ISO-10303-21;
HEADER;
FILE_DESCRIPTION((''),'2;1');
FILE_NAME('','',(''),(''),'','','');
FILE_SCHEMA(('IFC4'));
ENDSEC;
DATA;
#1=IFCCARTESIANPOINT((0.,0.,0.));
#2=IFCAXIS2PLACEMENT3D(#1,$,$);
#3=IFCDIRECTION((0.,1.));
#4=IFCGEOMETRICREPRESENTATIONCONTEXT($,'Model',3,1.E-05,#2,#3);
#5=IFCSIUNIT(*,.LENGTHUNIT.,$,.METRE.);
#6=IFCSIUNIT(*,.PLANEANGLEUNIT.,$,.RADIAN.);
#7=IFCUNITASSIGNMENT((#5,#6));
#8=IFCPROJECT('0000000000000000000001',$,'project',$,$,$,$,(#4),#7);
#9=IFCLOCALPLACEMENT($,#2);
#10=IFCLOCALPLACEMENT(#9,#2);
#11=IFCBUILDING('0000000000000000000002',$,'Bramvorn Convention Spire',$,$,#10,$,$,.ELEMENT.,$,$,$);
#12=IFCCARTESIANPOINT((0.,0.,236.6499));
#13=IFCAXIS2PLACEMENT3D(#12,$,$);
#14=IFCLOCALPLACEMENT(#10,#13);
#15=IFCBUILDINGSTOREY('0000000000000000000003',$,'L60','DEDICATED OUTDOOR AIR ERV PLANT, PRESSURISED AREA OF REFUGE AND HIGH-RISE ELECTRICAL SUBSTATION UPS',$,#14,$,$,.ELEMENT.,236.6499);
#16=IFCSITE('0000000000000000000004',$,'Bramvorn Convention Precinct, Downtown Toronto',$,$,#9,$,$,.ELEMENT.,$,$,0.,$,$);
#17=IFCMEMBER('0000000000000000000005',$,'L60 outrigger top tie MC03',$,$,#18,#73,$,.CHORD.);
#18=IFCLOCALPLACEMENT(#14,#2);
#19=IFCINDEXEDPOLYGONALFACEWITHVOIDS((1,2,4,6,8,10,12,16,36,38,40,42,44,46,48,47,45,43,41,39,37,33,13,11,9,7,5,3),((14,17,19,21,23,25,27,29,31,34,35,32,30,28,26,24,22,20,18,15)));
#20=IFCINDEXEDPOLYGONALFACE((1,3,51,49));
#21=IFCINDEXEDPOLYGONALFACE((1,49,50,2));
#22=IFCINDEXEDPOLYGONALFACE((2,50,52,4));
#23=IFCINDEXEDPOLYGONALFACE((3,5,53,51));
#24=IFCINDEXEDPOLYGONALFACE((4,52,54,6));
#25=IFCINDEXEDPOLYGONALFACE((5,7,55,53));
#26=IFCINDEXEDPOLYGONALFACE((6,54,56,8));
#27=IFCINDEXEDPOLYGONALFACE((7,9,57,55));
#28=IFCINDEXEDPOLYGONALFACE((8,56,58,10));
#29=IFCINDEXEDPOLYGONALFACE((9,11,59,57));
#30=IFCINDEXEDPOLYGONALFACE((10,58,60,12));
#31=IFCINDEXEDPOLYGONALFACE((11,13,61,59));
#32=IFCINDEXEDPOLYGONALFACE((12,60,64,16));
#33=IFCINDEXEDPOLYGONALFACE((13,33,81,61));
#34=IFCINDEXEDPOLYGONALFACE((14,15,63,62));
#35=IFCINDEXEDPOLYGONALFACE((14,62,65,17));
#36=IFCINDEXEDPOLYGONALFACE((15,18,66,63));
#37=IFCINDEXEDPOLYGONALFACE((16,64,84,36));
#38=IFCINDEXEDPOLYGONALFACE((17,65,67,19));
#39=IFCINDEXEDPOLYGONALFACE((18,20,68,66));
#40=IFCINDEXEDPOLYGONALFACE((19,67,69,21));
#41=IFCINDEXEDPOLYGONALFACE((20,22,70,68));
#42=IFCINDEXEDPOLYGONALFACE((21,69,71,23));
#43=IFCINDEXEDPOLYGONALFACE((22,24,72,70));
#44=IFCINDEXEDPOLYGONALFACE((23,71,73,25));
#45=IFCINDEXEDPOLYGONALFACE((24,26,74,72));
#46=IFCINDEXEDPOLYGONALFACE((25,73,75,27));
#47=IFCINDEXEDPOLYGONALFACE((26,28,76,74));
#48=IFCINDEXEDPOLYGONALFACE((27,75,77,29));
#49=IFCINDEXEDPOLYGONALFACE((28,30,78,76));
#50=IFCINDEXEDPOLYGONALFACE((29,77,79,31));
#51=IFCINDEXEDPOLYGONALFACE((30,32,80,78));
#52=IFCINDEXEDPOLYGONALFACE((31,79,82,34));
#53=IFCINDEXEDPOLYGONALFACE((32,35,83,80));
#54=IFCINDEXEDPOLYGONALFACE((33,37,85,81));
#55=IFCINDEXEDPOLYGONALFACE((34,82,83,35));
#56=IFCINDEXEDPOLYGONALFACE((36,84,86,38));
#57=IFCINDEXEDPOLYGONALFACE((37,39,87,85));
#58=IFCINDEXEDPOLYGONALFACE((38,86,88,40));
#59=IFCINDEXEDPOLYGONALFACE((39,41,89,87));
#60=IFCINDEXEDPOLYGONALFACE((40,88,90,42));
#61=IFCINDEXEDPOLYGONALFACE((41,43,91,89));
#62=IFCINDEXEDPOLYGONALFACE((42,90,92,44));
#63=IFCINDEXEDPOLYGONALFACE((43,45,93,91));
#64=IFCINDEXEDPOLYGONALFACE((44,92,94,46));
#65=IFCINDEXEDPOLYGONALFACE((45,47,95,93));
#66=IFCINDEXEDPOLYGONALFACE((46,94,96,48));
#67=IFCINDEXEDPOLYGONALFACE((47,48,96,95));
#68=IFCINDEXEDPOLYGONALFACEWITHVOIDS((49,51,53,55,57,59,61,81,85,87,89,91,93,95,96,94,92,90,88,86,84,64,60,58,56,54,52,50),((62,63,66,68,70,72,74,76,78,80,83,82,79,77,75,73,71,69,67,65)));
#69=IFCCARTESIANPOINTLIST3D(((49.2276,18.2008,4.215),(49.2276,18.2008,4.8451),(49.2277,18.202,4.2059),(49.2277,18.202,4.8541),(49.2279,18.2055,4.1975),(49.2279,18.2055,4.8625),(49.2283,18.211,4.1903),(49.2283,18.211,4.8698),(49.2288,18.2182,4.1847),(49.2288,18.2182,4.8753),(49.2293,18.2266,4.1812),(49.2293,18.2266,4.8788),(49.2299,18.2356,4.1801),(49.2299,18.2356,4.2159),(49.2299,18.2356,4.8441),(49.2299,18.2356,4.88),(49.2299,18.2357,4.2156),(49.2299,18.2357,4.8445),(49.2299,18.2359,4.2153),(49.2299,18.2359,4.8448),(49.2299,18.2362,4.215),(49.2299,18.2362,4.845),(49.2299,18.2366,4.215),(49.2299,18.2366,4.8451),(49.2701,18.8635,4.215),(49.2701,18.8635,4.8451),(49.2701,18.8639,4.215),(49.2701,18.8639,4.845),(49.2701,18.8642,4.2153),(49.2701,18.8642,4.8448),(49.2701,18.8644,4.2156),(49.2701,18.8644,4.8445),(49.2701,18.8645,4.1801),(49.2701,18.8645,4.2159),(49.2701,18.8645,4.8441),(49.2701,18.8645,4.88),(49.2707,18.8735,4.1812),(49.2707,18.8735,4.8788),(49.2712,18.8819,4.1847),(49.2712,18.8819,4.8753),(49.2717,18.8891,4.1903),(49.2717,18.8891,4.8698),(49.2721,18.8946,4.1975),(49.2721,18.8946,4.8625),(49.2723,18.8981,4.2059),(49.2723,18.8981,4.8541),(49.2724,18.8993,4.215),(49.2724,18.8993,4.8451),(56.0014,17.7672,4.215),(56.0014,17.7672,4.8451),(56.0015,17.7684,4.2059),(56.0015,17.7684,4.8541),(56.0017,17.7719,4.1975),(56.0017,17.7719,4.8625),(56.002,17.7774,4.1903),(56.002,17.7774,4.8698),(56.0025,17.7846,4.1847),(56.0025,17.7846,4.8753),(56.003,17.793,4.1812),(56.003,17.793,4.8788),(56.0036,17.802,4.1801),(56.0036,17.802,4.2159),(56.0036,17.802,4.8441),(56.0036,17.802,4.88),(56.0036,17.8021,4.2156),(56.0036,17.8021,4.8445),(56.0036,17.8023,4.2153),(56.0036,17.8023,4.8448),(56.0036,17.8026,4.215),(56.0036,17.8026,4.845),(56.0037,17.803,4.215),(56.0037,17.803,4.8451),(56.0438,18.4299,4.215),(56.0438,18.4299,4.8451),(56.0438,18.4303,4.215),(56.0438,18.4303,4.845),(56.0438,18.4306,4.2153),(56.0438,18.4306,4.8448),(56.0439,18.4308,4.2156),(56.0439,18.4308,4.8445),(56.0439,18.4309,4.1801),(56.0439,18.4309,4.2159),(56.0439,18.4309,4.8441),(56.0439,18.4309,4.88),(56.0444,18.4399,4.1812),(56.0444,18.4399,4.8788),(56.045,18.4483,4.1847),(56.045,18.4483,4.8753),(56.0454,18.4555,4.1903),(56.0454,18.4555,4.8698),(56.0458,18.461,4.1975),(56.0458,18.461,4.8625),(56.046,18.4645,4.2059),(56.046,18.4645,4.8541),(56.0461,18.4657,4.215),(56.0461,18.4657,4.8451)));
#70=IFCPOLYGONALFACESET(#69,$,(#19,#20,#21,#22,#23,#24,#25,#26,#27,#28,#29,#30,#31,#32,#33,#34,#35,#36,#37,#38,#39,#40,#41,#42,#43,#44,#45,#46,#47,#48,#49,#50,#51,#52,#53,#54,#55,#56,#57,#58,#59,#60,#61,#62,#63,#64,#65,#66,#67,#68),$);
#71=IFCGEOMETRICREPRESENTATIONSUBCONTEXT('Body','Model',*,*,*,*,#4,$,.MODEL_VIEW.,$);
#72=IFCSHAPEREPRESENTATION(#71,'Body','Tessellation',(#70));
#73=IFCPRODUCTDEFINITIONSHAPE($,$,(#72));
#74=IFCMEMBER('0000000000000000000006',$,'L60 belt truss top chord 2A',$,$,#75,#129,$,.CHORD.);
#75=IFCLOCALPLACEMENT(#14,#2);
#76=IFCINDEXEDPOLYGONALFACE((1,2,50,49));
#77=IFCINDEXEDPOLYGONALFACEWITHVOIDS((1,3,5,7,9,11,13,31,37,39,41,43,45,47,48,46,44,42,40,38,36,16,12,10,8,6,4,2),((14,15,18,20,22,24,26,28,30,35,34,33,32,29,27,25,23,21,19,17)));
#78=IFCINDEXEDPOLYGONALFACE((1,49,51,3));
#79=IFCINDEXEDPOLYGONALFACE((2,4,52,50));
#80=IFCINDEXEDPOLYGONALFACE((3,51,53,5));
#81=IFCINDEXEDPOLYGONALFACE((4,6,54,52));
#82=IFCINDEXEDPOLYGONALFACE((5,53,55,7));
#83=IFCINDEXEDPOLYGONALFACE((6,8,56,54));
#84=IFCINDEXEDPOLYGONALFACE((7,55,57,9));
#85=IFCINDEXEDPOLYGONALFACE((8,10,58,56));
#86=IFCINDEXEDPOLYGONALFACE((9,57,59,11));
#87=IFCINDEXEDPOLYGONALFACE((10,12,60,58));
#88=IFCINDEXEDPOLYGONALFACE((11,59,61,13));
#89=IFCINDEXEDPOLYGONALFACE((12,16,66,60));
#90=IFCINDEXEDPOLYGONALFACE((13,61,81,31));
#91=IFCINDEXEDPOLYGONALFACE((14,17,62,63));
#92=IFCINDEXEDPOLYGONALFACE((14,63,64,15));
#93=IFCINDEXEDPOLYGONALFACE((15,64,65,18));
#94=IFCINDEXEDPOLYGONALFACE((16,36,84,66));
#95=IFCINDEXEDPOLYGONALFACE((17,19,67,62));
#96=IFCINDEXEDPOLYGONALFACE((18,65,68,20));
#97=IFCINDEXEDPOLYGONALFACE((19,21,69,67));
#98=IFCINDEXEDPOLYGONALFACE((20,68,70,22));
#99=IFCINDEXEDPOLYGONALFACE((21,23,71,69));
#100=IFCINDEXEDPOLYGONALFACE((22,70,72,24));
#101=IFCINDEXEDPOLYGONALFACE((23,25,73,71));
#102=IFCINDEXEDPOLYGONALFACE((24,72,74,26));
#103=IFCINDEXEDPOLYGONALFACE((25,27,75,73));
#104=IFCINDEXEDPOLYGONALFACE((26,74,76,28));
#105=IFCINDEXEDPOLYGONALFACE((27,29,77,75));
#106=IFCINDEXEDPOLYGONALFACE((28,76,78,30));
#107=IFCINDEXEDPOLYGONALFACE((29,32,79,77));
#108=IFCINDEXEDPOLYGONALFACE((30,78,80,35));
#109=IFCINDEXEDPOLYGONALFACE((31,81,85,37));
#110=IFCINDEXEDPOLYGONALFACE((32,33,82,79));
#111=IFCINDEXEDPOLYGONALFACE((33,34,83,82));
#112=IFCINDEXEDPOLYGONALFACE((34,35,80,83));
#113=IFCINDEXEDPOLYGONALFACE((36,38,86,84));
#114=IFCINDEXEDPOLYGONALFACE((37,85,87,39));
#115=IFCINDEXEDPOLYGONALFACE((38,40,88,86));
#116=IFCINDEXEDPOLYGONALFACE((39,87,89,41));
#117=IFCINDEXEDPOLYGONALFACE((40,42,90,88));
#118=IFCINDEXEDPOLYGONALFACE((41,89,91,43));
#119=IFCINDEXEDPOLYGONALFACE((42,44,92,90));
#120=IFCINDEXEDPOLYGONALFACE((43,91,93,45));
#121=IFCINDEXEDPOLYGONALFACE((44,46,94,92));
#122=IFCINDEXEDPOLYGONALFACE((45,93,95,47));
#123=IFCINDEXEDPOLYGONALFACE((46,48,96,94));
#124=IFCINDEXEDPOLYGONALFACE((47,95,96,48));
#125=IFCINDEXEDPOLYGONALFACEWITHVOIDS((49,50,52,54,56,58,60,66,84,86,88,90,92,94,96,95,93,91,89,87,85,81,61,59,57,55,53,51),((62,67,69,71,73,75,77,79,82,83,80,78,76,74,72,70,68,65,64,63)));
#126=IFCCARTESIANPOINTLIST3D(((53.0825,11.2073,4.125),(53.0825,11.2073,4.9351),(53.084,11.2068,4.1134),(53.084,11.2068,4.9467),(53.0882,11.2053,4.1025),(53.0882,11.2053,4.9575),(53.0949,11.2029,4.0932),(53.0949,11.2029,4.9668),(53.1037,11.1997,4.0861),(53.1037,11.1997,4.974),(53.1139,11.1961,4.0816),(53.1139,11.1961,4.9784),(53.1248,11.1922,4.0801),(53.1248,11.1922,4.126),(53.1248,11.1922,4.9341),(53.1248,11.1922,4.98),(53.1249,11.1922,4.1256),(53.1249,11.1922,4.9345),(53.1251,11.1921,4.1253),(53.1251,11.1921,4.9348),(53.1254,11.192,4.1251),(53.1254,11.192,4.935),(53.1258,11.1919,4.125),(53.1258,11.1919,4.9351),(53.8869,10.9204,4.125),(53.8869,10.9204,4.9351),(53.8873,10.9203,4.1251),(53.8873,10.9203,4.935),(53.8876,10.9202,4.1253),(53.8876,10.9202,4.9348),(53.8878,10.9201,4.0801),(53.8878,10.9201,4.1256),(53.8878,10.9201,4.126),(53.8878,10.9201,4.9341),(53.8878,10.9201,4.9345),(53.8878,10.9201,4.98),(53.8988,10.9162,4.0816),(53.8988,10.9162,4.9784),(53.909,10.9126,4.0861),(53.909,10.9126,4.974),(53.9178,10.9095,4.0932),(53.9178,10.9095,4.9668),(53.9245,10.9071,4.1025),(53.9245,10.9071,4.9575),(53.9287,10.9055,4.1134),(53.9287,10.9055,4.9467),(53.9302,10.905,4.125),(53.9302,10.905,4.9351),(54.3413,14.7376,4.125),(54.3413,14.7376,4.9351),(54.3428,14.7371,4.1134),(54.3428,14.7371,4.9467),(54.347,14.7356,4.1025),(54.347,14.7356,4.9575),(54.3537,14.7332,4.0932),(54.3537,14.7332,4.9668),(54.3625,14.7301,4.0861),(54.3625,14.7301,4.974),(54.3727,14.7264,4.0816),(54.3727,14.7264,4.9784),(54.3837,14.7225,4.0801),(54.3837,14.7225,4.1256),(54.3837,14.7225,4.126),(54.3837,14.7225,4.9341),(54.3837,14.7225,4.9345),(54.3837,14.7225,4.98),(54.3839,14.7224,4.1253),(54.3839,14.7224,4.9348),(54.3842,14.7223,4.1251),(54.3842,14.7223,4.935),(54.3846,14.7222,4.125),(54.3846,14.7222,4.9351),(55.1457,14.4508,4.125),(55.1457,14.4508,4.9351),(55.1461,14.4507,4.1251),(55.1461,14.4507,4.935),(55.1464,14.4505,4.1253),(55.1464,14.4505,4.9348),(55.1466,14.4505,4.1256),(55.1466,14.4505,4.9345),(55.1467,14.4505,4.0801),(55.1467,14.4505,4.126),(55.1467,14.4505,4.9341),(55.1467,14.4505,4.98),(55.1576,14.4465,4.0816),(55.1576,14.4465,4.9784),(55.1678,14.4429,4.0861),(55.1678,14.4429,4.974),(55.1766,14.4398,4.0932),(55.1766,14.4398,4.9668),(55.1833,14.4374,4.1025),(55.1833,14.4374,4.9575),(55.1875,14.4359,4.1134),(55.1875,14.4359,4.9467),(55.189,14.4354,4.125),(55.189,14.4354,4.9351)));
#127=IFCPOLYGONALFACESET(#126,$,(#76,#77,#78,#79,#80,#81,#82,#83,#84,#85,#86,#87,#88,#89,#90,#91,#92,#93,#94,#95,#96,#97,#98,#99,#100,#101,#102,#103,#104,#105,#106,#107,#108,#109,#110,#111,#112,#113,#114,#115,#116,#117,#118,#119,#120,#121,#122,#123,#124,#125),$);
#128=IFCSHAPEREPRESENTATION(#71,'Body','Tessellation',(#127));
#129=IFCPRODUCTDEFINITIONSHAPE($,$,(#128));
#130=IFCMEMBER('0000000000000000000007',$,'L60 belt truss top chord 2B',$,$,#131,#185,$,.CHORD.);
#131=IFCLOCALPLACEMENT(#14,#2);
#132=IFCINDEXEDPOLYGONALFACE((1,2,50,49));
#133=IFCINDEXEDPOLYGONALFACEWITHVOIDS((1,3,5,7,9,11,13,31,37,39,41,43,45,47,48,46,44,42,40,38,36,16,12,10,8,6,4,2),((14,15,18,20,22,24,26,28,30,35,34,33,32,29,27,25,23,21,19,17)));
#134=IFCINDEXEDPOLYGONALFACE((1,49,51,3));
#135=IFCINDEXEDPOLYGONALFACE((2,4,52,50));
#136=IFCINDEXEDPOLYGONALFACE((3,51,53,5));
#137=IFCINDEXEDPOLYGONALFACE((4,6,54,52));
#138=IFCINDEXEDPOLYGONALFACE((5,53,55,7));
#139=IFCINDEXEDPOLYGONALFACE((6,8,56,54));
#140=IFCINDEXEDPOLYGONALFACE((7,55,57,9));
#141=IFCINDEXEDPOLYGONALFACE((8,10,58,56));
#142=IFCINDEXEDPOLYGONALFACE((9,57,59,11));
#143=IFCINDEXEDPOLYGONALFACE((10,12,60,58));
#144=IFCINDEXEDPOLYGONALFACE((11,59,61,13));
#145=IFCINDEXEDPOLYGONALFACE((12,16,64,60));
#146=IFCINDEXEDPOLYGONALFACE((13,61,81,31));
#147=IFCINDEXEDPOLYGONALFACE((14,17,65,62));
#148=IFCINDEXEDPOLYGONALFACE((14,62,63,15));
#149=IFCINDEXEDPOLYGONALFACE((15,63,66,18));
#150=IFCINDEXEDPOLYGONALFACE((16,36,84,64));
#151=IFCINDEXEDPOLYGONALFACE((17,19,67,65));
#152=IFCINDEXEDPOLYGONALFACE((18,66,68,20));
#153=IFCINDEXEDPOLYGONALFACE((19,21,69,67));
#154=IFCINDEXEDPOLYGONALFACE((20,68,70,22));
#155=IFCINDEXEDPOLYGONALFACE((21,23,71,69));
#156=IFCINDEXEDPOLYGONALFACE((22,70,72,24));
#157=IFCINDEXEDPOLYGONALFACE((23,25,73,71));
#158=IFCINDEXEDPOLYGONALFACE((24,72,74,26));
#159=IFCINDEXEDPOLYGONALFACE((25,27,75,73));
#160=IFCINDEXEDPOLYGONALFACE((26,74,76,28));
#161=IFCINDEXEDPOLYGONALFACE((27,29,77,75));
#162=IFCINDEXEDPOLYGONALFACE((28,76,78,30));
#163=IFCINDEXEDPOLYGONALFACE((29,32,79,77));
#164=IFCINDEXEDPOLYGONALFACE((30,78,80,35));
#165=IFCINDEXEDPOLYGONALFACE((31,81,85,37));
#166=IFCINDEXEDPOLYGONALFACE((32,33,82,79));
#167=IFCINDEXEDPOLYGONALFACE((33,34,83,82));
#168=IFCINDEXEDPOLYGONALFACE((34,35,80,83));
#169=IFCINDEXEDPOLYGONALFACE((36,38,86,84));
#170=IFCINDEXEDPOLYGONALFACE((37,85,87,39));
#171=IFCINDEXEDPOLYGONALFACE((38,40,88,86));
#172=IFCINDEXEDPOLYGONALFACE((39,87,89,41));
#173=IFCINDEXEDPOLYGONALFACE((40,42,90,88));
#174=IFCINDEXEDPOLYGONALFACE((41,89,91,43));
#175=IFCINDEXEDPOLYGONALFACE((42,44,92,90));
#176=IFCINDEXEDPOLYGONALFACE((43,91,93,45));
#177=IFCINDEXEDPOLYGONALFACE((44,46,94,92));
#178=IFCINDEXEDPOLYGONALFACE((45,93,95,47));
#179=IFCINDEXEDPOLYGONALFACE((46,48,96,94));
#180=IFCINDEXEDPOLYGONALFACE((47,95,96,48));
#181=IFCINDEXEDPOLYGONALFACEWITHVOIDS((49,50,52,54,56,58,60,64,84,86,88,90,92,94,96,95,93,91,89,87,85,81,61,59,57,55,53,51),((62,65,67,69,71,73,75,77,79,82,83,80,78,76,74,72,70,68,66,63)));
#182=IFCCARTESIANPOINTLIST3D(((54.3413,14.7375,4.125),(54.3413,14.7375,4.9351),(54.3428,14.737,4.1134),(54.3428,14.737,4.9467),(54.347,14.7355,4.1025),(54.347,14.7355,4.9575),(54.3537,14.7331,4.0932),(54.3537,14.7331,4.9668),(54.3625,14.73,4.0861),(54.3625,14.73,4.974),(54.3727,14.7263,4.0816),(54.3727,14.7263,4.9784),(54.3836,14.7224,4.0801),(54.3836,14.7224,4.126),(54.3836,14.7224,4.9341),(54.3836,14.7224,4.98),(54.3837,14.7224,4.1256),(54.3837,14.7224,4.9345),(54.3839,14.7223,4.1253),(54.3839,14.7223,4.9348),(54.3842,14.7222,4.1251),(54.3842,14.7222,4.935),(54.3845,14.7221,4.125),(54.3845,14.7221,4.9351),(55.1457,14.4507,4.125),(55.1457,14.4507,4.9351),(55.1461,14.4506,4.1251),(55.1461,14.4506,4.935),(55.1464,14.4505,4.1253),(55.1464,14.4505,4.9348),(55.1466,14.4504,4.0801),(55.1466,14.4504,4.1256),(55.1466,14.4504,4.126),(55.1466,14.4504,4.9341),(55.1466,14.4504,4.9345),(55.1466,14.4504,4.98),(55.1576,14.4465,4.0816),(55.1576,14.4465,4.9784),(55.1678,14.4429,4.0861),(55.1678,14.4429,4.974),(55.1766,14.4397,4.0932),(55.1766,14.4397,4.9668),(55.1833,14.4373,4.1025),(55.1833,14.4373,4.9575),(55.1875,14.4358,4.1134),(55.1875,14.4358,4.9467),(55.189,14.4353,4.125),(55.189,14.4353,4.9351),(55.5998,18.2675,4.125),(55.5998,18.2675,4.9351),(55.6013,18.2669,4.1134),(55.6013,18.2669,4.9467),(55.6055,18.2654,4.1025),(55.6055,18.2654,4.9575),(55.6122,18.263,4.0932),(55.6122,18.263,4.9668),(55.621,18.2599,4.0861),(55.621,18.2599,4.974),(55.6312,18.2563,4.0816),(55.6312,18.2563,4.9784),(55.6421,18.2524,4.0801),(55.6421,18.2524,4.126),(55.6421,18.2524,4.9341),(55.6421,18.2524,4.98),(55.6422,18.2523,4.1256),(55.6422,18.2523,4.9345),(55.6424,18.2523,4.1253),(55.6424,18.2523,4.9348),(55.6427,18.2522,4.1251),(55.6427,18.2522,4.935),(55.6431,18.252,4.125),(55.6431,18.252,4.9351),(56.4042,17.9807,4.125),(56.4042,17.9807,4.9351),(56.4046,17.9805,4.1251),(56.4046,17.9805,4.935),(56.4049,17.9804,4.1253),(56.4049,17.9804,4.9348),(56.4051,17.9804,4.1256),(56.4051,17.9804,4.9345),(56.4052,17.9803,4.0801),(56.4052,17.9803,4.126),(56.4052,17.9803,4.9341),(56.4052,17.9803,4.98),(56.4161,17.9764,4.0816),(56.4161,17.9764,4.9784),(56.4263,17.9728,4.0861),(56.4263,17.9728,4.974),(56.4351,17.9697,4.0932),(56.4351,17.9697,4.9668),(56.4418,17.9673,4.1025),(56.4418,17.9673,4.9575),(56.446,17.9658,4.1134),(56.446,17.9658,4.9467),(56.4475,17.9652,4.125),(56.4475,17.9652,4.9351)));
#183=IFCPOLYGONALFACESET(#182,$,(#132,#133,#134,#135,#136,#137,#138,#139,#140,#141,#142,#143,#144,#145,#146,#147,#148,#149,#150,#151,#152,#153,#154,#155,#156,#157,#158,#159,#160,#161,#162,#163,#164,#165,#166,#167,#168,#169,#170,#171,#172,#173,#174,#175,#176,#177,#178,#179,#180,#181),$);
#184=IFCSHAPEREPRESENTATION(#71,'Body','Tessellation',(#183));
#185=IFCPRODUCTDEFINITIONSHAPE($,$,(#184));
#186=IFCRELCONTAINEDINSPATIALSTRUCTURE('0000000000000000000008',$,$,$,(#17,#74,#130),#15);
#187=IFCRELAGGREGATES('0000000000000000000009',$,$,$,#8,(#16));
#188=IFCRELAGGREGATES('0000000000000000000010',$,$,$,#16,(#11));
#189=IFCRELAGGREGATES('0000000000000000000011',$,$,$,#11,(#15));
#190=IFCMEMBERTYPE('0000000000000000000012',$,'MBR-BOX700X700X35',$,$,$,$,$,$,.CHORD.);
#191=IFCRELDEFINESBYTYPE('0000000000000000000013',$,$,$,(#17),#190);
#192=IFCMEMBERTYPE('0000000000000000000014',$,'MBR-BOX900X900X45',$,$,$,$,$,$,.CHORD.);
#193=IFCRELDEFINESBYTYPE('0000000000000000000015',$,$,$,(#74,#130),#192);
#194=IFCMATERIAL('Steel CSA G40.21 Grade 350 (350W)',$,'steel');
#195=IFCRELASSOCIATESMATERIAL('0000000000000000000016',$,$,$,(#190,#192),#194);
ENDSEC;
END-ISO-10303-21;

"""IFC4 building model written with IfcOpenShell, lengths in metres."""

from ifc_helpers import new_model, si_unit, direction, frame, origin, origin_2d, place, context, subcontext, project, spatial, hollow_rectangle, extrude, material, material_profile, profile_set, type_object, element, save


model = new_model("IFC4")

# Units and contexts
model_context = context("Model", 3, precision=1e-05, world=origin(), true_north=direction((0.0, 1.0)))
body_context = subcontext(model_context, "Body", "Model", "MODEL_VIEW")
ifc_project = project(units=[si_unit("LENGTHUNIT", "METRE"), si_unit("PLANEANGLEUNIT", "RADIAN")], contexts=[model_context])

# Site, building, storey
site_placement = place(None, origin())
site = spatial("IfcSite", under=ifc_project, at=site_placement, Name="Bramvorn Convention Precinct, Downtown Toronto", CompositionType="ELEMENT", RefElevation=0.0)
building_placement = place(site_placement, origin())
building = spatial("IfcBuilding", under=site, at=building_placement, Name="Bramvorn Convention Spire", CompositionType="ELEMENT")
storey_placement = place(building_placement, frame((0.0, 0.0, 236.6499)))
storey = spatial("IfcBuildingStorey", under=building, at=storey_placement, Name="L60", Description="DEDICATED OUTDOOR AIR ERV PLANT, PRESSURISED AREA OF REFUGE AND HIGH-RISE ELECTRICAL SUBSTATION UPS", CompositionType="ELEMENT", Elevation=236.6499)

# Shared definitions
ifc_material_1 = material(Name="Steel CSA G40.21 Grade 350 (350W)", Category="steel")

# Members
ifc_material_profile_1 = material_profile(ifc_material_1, hollow_rectangle(XDim=0.7, YDim=0.7, WallThickness=0.0349, InnerFilletRadius=0.001, OuterFilletRadius=0.0349, at=origin_2d()))
ifc_profile_set_1 = profile_set([ifc_material_profile_1], Name="Steel CSA G40.21 Grade 350 (350W) - BOX700X700X35")
member_type_1 = type_object("IfcMemberType", Name="MBR-BOX700X700X35", PredefinedType="CHORD", material=ifc_profile_set_1)
member_1_placement = place(storey_placement, frame((49.25, 18.55, 4.53), z_axis=(0.997958, -0.063881, 0.0), x_axis=(0.063881, 0.997958, 0.0)))
element("IfcMember", 1, at=member_1_placement, inside=storey, type_object=member_type_1, Name="L60 outrigger top tie MC03", PredefinedType="CHORD", context=body_context, shape_type="SweptSolid", body=[
    extrude(hollow_rectangle(XDim=0.7, YDim=0.7, WallThickness=0.0349, InnerFilletRadius=0.001, OuterFilletRadius=0.0349, at=origin_2d()), origin(), (0.0, 0.0, 1.0), 6.7876),
])
ifc_material_profile_2 = material_profile(ifc_material_1, hollow_rectangle(XDim=0.8999, YDim=0.8999, WallThickness=0.0449, InnerFilletRadius=0.001, OuterFilletRadius=0.0449, at=origin_2d()))
ifc_profile_set_2 = profile_set([ifc_material_profile_2], Name="Steel CSA G40.21 Grade 350 (350W) - BOX900X900X45")
member_type_2 = type_object("IfcMemberType", Name="MBR-BOX900X900X45", PredefinedType="CHORD", material=ifc_profile_set_2)
member_2_placement = place(storey_placement, frame((53.5063, 11.0562, 4.53), z_axis=(0.335858, 0.941913, 0.0), x_axis=(-0.941913, 0.335858, 0.0)))
element("IfcMember", 2, at=member_2_placement, inside=storey, type_object=member_type_2, Name="L60 belt truss top chord 2A", PredefinedType="CHORD", context=body_context, shape_type="SweptSolid", body=[
    extrude(hollow_rectangle(XDim=0.8999, YDim=0.8999, WallThickness=0.0449, InnerFilletRadius=0.001, OuterFilletRadius=0.0449, at=origin_2d()), origin(), (0.0, 0.0, 1.0), 3.748),
])
member_3_placement = place(storey_placement, frame((54.7651, 14.5864, 4.53), z_axis=(0.33582, 0.941926, 0.0), x_axis=(-0.941926, 0.33582, 0.0)))
element("IfcMember", 3, at=member_3_placement, inside=storey, type_object=member_type_2, Name="L60 belt truss top chord 2B", PredefinedType="CHORD", context=body_context, shape_type="SweptSolid", body=[
    extrude(hollow_rectangle(XDim=0.8999, YDim=0.8999, WallThickness=0.0449, InnerFilletRadius=0.001, OuterFilletRadius=0.0449, at=origin_2d()), origin(), (0.0, 0.0, 1.0), 3.7476),
])

save(model, "model.ifc")
